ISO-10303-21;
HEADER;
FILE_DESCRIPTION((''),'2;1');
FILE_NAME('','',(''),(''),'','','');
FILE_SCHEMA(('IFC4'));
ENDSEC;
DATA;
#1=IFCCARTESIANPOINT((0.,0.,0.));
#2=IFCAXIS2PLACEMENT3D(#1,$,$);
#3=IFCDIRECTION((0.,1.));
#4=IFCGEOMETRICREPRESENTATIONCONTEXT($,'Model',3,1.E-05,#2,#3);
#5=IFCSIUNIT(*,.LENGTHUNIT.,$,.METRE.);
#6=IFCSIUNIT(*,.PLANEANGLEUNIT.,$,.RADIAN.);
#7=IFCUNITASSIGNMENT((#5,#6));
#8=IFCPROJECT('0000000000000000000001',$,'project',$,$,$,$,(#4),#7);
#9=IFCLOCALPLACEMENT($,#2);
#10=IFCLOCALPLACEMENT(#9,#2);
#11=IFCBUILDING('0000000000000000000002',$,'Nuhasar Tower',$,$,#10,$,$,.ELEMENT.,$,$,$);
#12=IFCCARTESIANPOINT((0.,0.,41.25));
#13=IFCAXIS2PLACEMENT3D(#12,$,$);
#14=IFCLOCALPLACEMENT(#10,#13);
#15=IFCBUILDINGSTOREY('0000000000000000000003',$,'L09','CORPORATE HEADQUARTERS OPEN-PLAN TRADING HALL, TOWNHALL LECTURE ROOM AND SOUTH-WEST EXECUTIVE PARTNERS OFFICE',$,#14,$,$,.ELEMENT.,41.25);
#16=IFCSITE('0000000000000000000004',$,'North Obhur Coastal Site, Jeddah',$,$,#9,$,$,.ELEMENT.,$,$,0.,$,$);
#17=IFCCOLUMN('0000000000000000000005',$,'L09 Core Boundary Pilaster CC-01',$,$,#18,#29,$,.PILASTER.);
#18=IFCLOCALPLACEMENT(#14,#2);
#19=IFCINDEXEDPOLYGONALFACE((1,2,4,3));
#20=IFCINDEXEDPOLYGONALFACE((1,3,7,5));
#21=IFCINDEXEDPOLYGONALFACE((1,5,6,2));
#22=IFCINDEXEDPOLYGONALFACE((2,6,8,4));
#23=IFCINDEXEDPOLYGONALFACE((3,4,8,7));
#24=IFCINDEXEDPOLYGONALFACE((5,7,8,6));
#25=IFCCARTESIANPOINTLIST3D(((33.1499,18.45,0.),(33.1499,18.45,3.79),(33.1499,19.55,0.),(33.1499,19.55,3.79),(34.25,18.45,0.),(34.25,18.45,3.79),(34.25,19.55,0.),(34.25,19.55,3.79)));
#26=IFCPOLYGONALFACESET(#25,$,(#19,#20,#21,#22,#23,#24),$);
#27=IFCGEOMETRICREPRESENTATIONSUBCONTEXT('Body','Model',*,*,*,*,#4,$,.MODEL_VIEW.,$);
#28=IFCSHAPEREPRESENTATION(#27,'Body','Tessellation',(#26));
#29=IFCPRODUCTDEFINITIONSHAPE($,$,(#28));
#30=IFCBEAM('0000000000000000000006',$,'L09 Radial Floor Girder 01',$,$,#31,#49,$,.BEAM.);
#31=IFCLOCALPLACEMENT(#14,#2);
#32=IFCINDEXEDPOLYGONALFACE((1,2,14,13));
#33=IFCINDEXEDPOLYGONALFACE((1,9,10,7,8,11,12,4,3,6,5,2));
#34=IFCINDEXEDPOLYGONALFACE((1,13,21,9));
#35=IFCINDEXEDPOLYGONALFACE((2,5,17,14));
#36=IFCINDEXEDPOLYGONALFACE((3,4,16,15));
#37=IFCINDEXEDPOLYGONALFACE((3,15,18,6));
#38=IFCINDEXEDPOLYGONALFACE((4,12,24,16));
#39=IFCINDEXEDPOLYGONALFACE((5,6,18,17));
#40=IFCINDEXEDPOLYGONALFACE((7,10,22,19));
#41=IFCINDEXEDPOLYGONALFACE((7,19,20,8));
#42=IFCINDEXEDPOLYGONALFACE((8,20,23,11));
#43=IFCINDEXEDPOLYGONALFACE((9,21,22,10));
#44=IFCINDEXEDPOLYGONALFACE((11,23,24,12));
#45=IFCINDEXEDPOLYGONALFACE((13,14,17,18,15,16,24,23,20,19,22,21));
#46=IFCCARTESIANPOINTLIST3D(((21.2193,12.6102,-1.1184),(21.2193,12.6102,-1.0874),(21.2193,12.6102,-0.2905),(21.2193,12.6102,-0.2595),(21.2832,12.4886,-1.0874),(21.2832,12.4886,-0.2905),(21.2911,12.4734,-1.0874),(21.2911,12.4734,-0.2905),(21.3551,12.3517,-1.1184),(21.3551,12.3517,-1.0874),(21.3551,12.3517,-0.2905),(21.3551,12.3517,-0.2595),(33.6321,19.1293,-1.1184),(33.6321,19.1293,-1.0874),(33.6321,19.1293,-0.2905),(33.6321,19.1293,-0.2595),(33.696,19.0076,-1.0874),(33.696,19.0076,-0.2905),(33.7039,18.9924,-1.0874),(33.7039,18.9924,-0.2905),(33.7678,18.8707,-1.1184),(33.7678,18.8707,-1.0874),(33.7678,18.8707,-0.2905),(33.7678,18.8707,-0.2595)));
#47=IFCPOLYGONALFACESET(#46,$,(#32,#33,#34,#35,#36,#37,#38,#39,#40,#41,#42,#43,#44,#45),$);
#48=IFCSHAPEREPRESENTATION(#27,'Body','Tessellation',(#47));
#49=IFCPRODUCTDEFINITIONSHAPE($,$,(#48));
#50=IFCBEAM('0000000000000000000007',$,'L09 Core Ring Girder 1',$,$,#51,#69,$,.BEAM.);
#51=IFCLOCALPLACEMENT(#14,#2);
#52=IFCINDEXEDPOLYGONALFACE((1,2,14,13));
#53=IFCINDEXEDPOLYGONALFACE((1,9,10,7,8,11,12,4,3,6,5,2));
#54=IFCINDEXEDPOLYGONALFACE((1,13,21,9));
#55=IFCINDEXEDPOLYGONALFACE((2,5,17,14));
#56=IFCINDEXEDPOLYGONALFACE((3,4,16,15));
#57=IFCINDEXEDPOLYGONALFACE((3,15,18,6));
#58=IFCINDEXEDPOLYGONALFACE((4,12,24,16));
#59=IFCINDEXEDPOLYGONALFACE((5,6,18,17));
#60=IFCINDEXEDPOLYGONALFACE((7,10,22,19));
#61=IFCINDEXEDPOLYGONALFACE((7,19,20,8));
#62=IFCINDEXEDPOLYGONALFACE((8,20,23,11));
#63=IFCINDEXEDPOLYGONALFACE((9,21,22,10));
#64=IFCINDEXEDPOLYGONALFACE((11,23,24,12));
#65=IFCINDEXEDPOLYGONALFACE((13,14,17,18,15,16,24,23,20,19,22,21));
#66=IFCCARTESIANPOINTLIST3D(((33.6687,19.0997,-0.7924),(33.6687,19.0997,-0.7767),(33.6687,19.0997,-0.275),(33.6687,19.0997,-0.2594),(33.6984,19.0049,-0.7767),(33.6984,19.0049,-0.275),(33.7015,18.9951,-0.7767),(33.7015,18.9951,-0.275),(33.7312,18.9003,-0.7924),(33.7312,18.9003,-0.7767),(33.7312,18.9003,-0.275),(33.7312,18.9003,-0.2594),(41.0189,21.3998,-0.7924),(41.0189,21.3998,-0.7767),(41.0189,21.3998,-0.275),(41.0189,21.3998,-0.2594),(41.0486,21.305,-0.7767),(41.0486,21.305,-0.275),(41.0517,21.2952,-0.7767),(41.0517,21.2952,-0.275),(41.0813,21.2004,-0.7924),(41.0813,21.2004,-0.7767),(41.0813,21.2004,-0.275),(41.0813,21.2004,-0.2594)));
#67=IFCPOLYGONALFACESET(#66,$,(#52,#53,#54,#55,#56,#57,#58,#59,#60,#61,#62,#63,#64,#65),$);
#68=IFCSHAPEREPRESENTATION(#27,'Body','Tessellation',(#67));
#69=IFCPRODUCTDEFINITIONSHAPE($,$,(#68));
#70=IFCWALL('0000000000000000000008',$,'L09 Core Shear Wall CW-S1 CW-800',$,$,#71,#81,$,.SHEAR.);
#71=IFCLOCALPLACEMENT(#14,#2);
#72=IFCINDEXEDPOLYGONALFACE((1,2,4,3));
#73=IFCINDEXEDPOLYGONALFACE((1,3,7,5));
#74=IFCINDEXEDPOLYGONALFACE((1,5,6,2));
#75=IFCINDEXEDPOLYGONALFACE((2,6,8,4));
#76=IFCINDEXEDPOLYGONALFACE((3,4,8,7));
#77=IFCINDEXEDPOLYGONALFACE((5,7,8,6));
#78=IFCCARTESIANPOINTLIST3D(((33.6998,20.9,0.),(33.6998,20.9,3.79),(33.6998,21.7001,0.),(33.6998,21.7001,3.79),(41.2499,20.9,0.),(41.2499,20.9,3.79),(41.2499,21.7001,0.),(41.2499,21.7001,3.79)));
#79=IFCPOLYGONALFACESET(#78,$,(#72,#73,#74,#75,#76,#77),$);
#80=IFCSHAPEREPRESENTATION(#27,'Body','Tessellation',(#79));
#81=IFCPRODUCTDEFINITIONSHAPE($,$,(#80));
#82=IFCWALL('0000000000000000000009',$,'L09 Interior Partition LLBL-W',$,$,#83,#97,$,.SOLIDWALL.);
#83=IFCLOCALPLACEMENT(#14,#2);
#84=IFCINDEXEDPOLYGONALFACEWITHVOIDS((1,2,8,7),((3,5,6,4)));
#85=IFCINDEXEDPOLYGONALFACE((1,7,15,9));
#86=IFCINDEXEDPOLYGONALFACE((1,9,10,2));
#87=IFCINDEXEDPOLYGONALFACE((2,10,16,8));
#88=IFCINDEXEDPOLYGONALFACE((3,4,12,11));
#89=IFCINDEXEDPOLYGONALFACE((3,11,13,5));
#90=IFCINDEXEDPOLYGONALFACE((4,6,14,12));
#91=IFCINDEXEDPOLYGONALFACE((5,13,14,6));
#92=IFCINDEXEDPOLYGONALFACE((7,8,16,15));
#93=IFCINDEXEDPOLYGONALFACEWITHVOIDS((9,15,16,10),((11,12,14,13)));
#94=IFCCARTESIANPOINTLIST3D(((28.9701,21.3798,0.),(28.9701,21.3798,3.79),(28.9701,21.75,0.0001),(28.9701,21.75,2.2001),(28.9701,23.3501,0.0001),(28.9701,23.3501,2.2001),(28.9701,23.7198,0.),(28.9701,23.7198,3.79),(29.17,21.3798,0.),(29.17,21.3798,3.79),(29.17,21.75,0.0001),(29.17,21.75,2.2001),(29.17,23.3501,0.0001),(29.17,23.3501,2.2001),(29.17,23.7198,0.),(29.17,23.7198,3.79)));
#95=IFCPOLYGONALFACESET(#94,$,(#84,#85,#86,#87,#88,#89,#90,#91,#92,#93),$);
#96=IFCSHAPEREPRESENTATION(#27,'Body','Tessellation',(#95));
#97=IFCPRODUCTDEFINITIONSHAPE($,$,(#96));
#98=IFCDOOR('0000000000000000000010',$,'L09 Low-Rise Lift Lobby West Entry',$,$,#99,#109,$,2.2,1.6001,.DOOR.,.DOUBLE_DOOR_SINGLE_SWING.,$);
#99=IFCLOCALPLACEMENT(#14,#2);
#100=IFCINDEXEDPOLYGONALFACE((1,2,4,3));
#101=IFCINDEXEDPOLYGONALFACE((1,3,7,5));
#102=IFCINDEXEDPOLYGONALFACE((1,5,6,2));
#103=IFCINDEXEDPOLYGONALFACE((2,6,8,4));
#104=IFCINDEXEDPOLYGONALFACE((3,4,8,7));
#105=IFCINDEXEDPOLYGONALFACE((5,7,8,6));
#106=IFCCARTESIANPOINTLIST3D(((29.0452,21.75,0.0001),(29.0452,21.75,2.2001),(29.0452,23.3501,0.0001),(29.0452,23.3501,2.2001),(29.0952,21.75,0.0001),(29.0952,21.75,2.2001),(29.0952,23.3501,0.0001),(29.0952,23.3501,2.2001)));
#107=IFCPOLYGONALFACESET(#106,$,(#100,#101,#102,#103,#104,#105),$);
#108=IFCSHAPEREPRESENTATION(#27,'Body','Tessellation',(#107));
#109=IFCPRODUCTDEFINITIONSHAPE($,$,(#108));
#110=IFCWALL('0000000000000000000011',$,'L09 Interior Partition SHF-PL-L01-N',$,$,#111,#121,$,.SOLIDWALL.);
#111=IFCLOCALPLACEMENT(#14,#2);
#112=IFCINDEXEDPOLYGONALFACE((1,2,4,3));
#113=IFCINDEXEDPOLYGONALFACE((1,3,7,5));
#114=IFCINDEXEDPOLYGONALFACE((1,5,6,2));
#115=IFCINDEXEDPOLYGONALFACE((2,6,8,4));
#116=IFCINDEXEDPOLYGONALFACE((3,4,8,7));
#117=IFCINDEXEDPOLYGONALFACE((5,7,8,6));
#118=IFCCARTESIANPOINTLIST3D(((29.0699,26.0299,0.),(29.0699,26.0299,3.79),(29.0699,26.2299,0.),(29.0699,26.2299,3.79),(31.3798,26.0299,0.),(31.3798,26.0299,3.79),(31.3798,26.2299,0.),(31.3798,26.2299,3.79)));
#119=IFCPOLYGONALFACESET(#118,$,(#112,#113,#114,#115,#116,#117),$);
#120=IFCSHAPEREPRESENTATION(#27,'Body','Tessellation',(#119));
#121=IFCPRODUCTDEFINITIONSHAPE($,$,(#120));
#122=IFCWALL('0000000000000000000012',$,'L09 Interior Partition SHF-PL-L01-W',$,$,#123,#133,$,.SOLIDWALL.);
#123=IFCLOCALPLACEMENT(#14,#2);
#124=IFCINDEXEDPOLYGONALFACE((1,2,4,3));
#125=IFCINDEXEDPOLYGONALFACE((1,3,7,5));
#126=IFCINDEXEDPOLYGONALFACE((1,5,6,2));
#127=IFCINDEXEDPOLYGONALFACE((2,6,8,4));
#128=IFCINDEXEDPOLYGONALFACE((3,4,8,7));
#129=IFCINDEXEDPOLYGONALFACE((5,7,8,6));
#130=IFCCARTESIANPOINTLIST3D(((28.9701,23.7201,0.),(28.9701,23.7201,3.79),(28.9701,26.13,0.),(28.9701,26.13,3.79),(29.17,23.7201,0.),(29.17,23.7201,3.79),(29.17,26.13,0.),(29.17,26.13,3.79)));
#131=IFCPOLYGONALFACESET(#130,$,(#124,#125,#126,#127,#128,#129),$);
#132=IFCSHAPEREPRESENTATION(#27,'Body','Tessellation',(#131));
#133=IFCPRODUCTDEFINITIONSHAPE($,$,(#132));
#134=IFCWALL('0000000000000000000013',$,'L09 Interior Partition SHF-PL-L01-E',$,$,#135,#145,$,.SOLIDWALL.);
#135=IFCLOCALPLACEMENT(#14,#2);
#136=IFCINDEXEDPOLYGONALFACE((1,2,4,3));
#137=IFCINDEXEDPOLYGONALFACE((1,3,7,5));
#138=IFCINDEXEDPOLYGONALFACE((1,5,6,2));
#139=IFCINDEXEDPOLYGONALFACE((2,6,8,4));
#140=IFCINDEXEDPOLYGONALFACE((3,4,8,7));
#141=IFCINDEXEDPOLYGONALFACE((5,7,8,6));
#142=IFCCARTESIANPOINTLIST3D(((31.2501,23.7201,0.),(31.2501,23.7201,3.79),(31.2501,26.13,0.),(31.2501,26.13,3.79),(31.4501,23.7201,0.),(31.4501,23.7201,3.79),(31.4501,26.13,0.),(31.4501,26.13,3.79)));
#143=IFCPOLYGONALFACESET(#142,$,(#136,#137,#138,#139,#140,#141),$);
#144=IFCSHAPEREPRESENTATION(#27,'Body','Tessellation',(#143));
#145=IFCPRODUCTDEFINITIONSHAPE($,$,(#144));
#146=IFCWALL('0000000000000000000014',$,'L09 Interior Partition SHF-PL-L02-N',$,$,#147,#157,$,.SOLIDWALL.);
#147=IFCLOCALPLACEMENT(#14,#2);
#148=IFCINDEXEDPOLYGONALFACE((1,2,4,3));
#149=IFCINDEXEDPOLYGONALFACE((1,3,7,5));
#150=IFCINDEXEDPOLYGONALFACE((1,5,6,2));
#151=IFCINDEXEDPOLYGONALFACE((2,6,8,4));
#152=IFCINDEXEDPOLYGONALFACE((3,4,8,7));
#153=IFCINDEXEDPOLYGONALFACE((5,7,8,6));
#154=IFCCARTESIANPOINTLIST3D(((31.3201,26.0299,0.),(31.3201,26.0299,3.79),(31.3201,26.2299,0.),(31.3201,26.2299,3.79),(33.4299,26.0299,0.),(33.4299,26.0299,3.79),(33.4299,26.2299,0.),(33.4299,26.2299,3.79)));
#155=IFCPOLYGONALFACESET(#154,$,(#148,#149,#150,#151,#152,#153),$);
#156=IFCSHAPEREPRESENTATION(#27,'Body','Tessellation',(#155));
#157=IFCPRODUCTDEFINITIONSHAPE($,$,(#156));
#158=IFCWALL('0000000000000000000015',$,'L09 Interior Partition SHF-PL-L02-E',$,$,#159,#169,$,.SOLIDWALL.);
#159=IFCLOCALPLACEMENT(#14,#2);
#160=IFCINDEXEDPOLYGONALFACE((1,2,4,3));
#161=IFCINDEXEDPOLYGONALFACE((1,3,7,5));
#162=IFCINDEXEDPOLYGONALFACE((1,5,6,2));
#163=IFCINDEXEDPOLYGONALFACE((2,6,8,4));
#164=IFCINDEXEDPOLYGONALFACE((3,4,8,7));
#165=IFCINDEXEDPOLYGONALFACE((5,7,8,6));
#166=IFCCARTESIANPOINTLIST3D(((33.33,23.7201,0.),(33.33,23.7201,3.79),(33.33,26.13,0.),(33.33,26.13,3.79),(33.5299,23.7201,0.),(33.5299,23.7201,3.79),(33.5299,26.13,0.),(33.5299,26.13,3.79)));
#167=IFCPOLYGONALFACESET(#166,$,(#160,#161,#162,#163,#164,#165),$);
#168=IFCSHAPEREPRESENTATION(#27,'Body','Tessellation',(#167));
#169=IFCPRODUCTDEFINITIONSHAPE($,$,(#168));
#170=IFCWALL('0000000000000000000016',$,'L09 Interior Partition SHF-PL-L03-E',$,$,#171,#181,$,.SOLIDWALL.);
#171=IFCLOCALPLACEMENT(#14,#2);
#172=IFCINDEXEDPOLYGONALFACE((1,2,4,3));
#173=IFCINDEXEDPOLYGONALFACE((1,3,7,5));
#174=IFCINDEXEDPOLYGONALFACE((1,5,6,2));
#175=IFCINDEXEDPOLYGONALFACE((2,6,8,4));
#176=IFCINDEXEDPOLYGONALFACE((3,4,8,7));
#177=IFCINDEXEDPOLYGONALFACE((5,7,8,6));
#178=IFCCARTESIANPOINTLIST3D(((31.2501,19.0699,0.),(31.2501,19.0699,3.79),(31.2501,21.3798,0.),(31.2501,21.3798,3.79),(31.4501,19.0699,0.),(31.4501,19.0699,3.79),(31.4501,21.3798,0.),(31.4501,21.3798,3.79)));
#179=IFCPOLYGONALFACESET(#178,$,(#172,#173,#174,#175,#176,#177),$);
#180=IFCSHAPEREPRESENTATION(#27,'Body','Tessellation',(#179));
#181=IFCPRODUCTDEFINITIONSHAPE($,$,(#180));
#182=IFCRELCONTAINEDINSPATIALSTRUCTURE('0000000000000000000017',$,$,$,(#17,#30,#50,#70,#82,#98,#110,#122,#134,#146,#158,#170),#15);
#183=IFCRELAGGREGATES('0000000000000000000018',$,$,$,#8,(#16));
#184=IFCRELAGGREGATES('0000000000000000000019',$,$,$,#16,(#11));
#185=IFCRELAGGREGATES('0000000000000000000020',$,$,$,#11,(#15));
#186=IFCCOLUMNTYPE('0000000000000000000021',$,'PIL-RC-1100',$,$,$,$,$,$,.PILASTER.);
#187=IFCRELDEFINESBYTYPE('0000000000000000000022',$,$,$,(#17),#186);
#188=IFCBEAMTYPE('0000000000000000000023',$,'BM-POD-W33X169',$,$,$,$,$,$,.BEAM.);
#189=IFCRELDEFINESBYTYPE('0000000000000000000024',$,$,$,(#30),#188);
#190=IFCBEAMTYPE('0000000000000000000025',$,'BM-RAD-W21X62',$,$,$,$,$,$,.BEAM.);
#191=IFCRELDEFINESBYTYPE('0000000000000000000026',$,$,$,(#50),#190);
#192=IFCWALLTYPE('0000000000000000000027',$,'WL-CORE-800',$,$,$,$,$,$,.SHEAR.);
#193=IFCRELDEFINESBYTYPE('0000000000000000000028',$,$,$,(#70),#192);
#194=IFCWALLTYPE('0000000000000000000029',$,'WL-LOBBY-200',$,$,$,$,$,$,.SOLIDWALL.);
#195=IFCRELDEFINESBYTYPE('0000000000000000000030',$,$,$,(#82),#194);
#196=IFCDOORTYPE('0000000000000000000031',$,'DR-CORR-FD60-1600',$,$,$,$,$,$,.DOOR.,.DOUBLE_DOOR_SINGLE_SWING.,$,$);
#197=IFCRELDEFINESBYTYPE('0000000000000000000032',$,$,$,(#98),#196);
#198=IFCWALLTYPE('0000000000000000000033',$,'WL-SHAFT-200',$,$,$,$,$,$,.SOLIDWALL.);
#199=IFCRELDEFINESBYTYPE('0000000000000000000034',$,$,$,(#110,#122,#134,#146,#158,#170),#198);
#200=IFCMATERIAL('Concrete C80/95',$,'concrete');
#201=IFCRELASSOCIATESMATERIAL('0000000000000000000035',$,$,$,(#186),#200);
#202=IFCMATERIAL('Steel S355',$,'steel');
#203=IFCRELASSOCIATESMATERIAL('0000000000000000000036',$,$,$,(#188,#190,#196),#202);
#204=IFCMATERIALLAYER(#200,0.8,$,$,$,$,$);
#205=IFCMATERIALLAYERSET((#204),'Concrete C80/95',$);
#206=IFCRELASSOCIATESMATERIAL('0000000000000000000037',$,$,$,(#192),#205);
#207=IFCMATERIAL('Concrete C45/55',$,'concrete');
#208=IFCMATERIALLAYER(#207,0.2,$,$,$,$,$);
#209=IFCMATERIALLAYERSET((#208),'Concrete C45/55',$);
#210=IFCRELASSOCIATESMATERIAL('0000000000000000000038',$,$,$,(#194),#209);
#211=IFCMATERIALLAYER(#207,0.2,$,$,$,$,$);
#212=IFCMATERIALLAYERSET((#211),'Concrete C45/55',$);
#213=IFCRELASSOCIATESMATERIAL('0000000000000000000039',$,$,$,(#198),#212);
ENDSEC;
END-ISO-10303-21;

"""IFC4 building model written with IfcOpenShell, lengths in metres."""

from ifc_helpers import new_model, si_unit, direction, frame, frame_2d, origin, origin_2d, place, context, subcontext, project, spatial, rectangle, i_section, extrude, material, layer, layer_set, material_profile, profile_set, type_object, element, fill, save


model = new_model("IFC4")

# Units and contexts
model_context = context("Model", 3, precision=1e-05, world=origin(), true_north=direction((0.0, 1.0)))
body_context = subcontext(model_context, "Body", "Model", "MODEL_VIEW")
ifc_project = project(units=[si_unit("LENGTHUNIT", "METRE"), si_unit("PLANEANGLEUNIT", "RADIAN")], contexts=[model_context])

# Site, building, storey
site_placement = place(None, origin())
site = spatial("IfcSite", under=ifc_project, at=site_placement, Name="North Obhur Coastal Site, Jeddah", CompositionType="ELEMENT", RefElevation=0.0)
building_placement = place(site_placement, origin())
building = spatial("IfcBuilding", under=site, at=building_placement, Name="Nuhasar Tower", CompositionType="ELEMENT")
storey_placement = place(building_placement, frame((0.0, 0.0, 41.25)))
storey = spatial("IfcBuildingStorey", under=building, at=storey_placement, Name="L09", Description="CORPORATE HEADQUARTERS OPEN-PLAN TRADING HALL, TOWNHALL LECTURE ROOM AND SOUTH-WEST EXECUTIVE PARTNERS OFFICE", CompositionType="ELEMENT", Elevation=41.25)

# Column
ifc_material_1 = material(Name="Concrete C80/95", Category="concrete")
ifc_material_profile_1 = material_profile(ifc_material_1, rectangle(XDim=1.1001, YDim=1.1001, at=origin_2d()), Name="RC1100X1100")
ifc_profile_set_1 = profile_set([ifc_material_profile_1], Name="Concrete C80/95")
column_type = type_object("IfcColumnType", Name="PIL-RC-1100", PredefinedType="PILASTER", material=ifc_profile_set_1)
column_placement = place(storey_placement, frame((33.7, 19.0, 0.0), z_axis=(0.0, 0.0, 1.0), x_axis=(1.0, 0.0, 0.0)))
element("IfcColumn", 1, at=column_placement, inside=storey, type_object=column_type, Name="L09 Core Boundary Pilaster CC-01", PredefinedType="PILASTER", context=body_context, shape_type="SweptSolid", body=[
    extrude(rectangle(XDim=1.1001, YDim=1.1001, at=origin_2d()), origin(), (0.0, 0.0, 1.0), 3.79),
])

# Beams
ifc_material_2 = material(Name="Steel S355", Category="steel")
ifc_material_profile_2 = material_profile(ifc_material_2, i_section(OverallWidth=0.292, OverallDepth=0.8589, WebThickness=0.0171, FlangeThickness=0.031, at=origin_2d()), Name="W33X169")
ifc_profile_set_2 = profile_set([ifc_material_profile_2], Name="Steel S355")
beam_type_1 = type_object("IfcBeamType", Name="BM-POD-W33X169", PredefinedType="BEAM", material=ifc_profile_set_2)
beam_1_placement = place(storey_placement, frame((33.7, 19.0, -0.689), z_axis=(-0.88533, -0.464963, 0.0), x_axis=(0.464963, -0.88533, 0.0)))
element("IfcBeam", 2, at=beam_1_placement, inside=storey, type_object=beam_type_1, Name="L09 Radial Floor Girder 01", PredefinedType="BEAM", context=body_context, shape_type="SweptSolid", body=[
    extrude(i_section(OverallWidth=0.292, OverallDepth=0.8589, WebThickness=0.0171, FlangeThickness=0.031, at=origin_2d()), origin(), (0.0, 0.0, 1.0), 14.0205),
])
ifc_material_profile_3 = material_profile(ifc_material_2, i_section(OverallWidth=0.209, OverallDepth=0.533, WebThickness=0.0103, FlangeThickness=0.0156, at=origin_2d()), Name="W21X62")
ifc_profile_set_3 = profile_set([ifc_material_profile_3], Name="Steel S355")
beam_type_2 = type_object("IfcBeamType", Name="BM-RAD-W21X62", PredefinedType="BEAM", material=ifc_profile_set_3)
beam_2_placement = place(storey_placement, frame((33.7, 19.0, -0.5259), z_axis=(0.954364, 0.298647, 0.0), x_axis=(-0.298647, 0.954364, 0.0)))
element("IfcBeam", 3, at=beam_2_placement, inside=storey, type_object=beam_type_2, Name="L09 Core Ring Girder 1", PredefinedType="BEAM", context=body_context, shape_type="SweptSolid", body=[
    extrude(i_section(OverallWidth=0.209, OverallDepth=0.533, WebThickness=0.0103, FlangeThickness=0.0156, at=origin_2d()), origin(), (0.0, 0.0, 1.0), 7.7017),
])

# Wall
ifc_layer_1 = layer(ifc_material_1, 0.8)
ifc_layer_set_1 = layer_set([ifc_layer_1], Name="Concrete C80/95")
wall_type_1 = type_object("IfcWallType", Name="WL-CORE-800", PredefinedType="SHEAR", material=ifc_layer_set_1)
wall_1_placement = place(storey_placement, frame((33.7, 21.3, 0.0), z_axis=(0.0, 0.0, 1.0), x_axis=(1.0, 0.0, 0.0)))
element("IfcWall", 4, at=wall_1_placement, inside=storey, type_object=wall_type_1, Name="L09 Core Shear Wall CW-S1 CW-800", PredefinedType="SHEAR", context=body_context, shape_type="SweptSolid", body=[
    extrude(rectangle(XDim=7.55, YDim=0.8, at=frame_2d((3.7749, 0.0))), origin(), (0.0, 0.0, 1.0), 3.79),
])

# Wall, opening, door
ifc_material_3 = material(Name="Concrete C45/55", Category="concrete")
ifc_layer_2 = layer(ifc_material_3, 0.2)
ifc_layer_set_2 = layer_set([ifc_layer_2], Name="Concrete C45/55")
wall_type_2 = type_object("IfcWallType", Name="WL-LOBBY-200", PredefinedType="SOLIDWALL", material=ifc_layer_set_2)
wall_2_placement = place(storey_placement, frame((29.0701, 21.3799, 0.0), z_axis=(0.0, 0.0, 1.0), x_axis=(0.0, 1.0, 0.0)))
wall_2 = element("IfcWall", 5, at=wall_2_placement, inside=storey, type_object=wall_type_2, Name="L09 Interior Partition LLBL-W", PredefinedType="SOLIDWALL", context=body_context, shape_type="SweptSolid", body=[
    extrude(rectangle(XDim=2.3401, YDim=0.2, at=frame_2d((1.1699, 0.0))), origin(), (0.0, 0.0, 1.0), 3.79),
])
opening_1_placement = place(wall_2_placement, frame((0.3701, 0.0, 0.0)))
opening_1 = element("IfcOpeningElement", 6, at=opening_1_placement, cuts=wall_2, PredefinedType="OPENING", context=body_context, shape_type="SweptSolid", body=[
    extrude(rectangle(XDim=1.6001, YDim=2.2, at=frame_2d((0.8, 1.1001))), frame((0.0, 0.1099, 0.0), z_axis=(0.0, -1.0, 0.0), x_axis=(1.0, 0.0, 0.0)), (0.0, 0.0, 1.0), 0.22),
])
door_type_1 = type_object("IfcDoorType", Name="DR-CORR-FD60-1600", OperationType="DOUBLE_DOOR_SINGLE_SWING", PredefinedType="DOOR", material=ifc_material_2)
door_1_placement = place(opening_1_placement, origin())
door_1 = element("IfcDoor", 7, at=door_1_placement, inside=storey, type_object=door_type_1, Name="L09 Low-Rise Lift Lobby West Entry", OperationType="DOUBLE_DOOR_SINGLE_SWING", OverallHeight=2.2, OverallWidth=1.6001, PredefinedType="DOOR", context=body_context, shape_type="SweptSolid", body=[
    extrude(rectangle(XDim=1.6001, YDim=2.2, at=frame_2d((0.8, 1.1001))), frame((0.0, 0.0249, 0.0), z_axis=(0.0, -1.0, 0.0), x_axis=(1.0, 0.0, 0.0)), (0.0, 0.0, 1.0), 0.05),
])
fill(opening_1, door_1)
ifc_layer_3 = layer(ifc_material_3, 0.2)
ifc_layer_set_3 = layer_set([ifc_layer_3], Name="Concrete C45/55")
wall_type_3 = type_object("IfcWallType", Name="WL-SHAFT-200", PredefinedType="SOLIDWALL", material=ifc_layer_set_3)

# Walls
wall_3_placement = place(storey_placement, frame((29.0701, 26.1299, 0.0), z_axis=(0.0, 0.0, 1.0), x_axis=(1.0, 0.0, 0.0)))
element("IfcWall", 8, at=wall_3_placement, inside=storey, type_object=wall_type_3, Name="L09 Interior Partition SHF-PL-L01-N", PredefinedType="SOLIDWALL", context=body_context, shape_type="SweptSolid", body=[
    extrude(rectangle(XDim=2.3098, YDim=0.2, at=frame_2d((1.1548, 0.0))), origin(), (0.0, 0.0, 1.0), 3.79),
])
for number, where, z_axis, x_axis, name in (
    (9, (29.0701, 23.72, 0.0), (0.0, 0.0, 1.0), (0.0, 1.0, 0.0), "L09 Interior Partition SHF-PL-L01-W"),
    (10, (31.3501, 23.72, 0.0), (0.0, 0.0, 1.0), (0.0, 1.0, 0.0), "L09 Interior Partition SHF-PL-L01-E"),
):
    element("IfcWall", number, at=place(storey_placement, frame(where, z_axis=z_axis, x_axis=x_axis)), inside=storey, type_object=wall_type_3, Name=name, PredefinedType="SOLIDWALL", context=body_context, shape_type="SweptSolid", body=[
        extrude(rectangle(XDim=2.4099, YDim=0.2, at=frame_2d((1.2051, 0.0))), origin(), (0.0, 0.0, 1.0), 3.79),
    ])

# Walls
wall_4_placement = place(storey_placement, frame((31.3201, 26.1299, 0.0), z_axis=(0.0, 0.0, 1.0), x_axis=(1.0, 0.0, 0.0)))
element("IfcWall", 11, at=wall_4_placement, inside=storey, type_object=wall_type_3, Name="L09 Interior Partition SHF-PL-L02-N", PredefinedType="SOLIDWALL", context=body_context, shape_type="SweptSolid", body=[
    extrude(rectangle(XDim=2.1099, YDim=0.2, at=frame_2d((1.0549, 0.0))), origin(), (0.0, 0.0, 1.0), 3.79),
])
wall_5_placement = place(storey_placement, frame((33.4299, 23.72, 0.0), z_axis=(0.0, 0.0, 1.0), x_axis=(0.0, 1.0, 0.0)))
element("IfcWall", 12, at=wall_5_placement, inside=storey, type_object=wall_type_3, Name="L09 Interior Partition SHF-PL-L02-E", PredefinedType="SOLIDWALL", context=body_context, shape_type="SweptSolid", body=[
    extrude(rectangle(XDim=2.4099, YDim=0.2, at=frame_2d((1.2051, 0.0))), origin(), (0.0, 0.0, 1.0), 3.79),
])
wall_6_placement = place(storey_placement, frame((31.3501, 19.0701, 0.0), z_axis=(0.0, 0.0, 1.0), x_axis=(0.0, 1.0, 0.0)))
element("IfcWall", 13, at=wall_6_placement, inside=storey, type_object=wall_type_3, Name="L09 Interior Partition SHF-PL-L03-E", PredefinedType="SOLIDWALL", context=body_context, shape_type="SweptSolid", body=[
    extrude(rectangle(XDim=2.3098, YDim=0.2, at=frame_2d((1.1548, 0.0))), origin(), (0.0, 0.0, 1.0), 3.79),
])

save(model, "model.ifc")
